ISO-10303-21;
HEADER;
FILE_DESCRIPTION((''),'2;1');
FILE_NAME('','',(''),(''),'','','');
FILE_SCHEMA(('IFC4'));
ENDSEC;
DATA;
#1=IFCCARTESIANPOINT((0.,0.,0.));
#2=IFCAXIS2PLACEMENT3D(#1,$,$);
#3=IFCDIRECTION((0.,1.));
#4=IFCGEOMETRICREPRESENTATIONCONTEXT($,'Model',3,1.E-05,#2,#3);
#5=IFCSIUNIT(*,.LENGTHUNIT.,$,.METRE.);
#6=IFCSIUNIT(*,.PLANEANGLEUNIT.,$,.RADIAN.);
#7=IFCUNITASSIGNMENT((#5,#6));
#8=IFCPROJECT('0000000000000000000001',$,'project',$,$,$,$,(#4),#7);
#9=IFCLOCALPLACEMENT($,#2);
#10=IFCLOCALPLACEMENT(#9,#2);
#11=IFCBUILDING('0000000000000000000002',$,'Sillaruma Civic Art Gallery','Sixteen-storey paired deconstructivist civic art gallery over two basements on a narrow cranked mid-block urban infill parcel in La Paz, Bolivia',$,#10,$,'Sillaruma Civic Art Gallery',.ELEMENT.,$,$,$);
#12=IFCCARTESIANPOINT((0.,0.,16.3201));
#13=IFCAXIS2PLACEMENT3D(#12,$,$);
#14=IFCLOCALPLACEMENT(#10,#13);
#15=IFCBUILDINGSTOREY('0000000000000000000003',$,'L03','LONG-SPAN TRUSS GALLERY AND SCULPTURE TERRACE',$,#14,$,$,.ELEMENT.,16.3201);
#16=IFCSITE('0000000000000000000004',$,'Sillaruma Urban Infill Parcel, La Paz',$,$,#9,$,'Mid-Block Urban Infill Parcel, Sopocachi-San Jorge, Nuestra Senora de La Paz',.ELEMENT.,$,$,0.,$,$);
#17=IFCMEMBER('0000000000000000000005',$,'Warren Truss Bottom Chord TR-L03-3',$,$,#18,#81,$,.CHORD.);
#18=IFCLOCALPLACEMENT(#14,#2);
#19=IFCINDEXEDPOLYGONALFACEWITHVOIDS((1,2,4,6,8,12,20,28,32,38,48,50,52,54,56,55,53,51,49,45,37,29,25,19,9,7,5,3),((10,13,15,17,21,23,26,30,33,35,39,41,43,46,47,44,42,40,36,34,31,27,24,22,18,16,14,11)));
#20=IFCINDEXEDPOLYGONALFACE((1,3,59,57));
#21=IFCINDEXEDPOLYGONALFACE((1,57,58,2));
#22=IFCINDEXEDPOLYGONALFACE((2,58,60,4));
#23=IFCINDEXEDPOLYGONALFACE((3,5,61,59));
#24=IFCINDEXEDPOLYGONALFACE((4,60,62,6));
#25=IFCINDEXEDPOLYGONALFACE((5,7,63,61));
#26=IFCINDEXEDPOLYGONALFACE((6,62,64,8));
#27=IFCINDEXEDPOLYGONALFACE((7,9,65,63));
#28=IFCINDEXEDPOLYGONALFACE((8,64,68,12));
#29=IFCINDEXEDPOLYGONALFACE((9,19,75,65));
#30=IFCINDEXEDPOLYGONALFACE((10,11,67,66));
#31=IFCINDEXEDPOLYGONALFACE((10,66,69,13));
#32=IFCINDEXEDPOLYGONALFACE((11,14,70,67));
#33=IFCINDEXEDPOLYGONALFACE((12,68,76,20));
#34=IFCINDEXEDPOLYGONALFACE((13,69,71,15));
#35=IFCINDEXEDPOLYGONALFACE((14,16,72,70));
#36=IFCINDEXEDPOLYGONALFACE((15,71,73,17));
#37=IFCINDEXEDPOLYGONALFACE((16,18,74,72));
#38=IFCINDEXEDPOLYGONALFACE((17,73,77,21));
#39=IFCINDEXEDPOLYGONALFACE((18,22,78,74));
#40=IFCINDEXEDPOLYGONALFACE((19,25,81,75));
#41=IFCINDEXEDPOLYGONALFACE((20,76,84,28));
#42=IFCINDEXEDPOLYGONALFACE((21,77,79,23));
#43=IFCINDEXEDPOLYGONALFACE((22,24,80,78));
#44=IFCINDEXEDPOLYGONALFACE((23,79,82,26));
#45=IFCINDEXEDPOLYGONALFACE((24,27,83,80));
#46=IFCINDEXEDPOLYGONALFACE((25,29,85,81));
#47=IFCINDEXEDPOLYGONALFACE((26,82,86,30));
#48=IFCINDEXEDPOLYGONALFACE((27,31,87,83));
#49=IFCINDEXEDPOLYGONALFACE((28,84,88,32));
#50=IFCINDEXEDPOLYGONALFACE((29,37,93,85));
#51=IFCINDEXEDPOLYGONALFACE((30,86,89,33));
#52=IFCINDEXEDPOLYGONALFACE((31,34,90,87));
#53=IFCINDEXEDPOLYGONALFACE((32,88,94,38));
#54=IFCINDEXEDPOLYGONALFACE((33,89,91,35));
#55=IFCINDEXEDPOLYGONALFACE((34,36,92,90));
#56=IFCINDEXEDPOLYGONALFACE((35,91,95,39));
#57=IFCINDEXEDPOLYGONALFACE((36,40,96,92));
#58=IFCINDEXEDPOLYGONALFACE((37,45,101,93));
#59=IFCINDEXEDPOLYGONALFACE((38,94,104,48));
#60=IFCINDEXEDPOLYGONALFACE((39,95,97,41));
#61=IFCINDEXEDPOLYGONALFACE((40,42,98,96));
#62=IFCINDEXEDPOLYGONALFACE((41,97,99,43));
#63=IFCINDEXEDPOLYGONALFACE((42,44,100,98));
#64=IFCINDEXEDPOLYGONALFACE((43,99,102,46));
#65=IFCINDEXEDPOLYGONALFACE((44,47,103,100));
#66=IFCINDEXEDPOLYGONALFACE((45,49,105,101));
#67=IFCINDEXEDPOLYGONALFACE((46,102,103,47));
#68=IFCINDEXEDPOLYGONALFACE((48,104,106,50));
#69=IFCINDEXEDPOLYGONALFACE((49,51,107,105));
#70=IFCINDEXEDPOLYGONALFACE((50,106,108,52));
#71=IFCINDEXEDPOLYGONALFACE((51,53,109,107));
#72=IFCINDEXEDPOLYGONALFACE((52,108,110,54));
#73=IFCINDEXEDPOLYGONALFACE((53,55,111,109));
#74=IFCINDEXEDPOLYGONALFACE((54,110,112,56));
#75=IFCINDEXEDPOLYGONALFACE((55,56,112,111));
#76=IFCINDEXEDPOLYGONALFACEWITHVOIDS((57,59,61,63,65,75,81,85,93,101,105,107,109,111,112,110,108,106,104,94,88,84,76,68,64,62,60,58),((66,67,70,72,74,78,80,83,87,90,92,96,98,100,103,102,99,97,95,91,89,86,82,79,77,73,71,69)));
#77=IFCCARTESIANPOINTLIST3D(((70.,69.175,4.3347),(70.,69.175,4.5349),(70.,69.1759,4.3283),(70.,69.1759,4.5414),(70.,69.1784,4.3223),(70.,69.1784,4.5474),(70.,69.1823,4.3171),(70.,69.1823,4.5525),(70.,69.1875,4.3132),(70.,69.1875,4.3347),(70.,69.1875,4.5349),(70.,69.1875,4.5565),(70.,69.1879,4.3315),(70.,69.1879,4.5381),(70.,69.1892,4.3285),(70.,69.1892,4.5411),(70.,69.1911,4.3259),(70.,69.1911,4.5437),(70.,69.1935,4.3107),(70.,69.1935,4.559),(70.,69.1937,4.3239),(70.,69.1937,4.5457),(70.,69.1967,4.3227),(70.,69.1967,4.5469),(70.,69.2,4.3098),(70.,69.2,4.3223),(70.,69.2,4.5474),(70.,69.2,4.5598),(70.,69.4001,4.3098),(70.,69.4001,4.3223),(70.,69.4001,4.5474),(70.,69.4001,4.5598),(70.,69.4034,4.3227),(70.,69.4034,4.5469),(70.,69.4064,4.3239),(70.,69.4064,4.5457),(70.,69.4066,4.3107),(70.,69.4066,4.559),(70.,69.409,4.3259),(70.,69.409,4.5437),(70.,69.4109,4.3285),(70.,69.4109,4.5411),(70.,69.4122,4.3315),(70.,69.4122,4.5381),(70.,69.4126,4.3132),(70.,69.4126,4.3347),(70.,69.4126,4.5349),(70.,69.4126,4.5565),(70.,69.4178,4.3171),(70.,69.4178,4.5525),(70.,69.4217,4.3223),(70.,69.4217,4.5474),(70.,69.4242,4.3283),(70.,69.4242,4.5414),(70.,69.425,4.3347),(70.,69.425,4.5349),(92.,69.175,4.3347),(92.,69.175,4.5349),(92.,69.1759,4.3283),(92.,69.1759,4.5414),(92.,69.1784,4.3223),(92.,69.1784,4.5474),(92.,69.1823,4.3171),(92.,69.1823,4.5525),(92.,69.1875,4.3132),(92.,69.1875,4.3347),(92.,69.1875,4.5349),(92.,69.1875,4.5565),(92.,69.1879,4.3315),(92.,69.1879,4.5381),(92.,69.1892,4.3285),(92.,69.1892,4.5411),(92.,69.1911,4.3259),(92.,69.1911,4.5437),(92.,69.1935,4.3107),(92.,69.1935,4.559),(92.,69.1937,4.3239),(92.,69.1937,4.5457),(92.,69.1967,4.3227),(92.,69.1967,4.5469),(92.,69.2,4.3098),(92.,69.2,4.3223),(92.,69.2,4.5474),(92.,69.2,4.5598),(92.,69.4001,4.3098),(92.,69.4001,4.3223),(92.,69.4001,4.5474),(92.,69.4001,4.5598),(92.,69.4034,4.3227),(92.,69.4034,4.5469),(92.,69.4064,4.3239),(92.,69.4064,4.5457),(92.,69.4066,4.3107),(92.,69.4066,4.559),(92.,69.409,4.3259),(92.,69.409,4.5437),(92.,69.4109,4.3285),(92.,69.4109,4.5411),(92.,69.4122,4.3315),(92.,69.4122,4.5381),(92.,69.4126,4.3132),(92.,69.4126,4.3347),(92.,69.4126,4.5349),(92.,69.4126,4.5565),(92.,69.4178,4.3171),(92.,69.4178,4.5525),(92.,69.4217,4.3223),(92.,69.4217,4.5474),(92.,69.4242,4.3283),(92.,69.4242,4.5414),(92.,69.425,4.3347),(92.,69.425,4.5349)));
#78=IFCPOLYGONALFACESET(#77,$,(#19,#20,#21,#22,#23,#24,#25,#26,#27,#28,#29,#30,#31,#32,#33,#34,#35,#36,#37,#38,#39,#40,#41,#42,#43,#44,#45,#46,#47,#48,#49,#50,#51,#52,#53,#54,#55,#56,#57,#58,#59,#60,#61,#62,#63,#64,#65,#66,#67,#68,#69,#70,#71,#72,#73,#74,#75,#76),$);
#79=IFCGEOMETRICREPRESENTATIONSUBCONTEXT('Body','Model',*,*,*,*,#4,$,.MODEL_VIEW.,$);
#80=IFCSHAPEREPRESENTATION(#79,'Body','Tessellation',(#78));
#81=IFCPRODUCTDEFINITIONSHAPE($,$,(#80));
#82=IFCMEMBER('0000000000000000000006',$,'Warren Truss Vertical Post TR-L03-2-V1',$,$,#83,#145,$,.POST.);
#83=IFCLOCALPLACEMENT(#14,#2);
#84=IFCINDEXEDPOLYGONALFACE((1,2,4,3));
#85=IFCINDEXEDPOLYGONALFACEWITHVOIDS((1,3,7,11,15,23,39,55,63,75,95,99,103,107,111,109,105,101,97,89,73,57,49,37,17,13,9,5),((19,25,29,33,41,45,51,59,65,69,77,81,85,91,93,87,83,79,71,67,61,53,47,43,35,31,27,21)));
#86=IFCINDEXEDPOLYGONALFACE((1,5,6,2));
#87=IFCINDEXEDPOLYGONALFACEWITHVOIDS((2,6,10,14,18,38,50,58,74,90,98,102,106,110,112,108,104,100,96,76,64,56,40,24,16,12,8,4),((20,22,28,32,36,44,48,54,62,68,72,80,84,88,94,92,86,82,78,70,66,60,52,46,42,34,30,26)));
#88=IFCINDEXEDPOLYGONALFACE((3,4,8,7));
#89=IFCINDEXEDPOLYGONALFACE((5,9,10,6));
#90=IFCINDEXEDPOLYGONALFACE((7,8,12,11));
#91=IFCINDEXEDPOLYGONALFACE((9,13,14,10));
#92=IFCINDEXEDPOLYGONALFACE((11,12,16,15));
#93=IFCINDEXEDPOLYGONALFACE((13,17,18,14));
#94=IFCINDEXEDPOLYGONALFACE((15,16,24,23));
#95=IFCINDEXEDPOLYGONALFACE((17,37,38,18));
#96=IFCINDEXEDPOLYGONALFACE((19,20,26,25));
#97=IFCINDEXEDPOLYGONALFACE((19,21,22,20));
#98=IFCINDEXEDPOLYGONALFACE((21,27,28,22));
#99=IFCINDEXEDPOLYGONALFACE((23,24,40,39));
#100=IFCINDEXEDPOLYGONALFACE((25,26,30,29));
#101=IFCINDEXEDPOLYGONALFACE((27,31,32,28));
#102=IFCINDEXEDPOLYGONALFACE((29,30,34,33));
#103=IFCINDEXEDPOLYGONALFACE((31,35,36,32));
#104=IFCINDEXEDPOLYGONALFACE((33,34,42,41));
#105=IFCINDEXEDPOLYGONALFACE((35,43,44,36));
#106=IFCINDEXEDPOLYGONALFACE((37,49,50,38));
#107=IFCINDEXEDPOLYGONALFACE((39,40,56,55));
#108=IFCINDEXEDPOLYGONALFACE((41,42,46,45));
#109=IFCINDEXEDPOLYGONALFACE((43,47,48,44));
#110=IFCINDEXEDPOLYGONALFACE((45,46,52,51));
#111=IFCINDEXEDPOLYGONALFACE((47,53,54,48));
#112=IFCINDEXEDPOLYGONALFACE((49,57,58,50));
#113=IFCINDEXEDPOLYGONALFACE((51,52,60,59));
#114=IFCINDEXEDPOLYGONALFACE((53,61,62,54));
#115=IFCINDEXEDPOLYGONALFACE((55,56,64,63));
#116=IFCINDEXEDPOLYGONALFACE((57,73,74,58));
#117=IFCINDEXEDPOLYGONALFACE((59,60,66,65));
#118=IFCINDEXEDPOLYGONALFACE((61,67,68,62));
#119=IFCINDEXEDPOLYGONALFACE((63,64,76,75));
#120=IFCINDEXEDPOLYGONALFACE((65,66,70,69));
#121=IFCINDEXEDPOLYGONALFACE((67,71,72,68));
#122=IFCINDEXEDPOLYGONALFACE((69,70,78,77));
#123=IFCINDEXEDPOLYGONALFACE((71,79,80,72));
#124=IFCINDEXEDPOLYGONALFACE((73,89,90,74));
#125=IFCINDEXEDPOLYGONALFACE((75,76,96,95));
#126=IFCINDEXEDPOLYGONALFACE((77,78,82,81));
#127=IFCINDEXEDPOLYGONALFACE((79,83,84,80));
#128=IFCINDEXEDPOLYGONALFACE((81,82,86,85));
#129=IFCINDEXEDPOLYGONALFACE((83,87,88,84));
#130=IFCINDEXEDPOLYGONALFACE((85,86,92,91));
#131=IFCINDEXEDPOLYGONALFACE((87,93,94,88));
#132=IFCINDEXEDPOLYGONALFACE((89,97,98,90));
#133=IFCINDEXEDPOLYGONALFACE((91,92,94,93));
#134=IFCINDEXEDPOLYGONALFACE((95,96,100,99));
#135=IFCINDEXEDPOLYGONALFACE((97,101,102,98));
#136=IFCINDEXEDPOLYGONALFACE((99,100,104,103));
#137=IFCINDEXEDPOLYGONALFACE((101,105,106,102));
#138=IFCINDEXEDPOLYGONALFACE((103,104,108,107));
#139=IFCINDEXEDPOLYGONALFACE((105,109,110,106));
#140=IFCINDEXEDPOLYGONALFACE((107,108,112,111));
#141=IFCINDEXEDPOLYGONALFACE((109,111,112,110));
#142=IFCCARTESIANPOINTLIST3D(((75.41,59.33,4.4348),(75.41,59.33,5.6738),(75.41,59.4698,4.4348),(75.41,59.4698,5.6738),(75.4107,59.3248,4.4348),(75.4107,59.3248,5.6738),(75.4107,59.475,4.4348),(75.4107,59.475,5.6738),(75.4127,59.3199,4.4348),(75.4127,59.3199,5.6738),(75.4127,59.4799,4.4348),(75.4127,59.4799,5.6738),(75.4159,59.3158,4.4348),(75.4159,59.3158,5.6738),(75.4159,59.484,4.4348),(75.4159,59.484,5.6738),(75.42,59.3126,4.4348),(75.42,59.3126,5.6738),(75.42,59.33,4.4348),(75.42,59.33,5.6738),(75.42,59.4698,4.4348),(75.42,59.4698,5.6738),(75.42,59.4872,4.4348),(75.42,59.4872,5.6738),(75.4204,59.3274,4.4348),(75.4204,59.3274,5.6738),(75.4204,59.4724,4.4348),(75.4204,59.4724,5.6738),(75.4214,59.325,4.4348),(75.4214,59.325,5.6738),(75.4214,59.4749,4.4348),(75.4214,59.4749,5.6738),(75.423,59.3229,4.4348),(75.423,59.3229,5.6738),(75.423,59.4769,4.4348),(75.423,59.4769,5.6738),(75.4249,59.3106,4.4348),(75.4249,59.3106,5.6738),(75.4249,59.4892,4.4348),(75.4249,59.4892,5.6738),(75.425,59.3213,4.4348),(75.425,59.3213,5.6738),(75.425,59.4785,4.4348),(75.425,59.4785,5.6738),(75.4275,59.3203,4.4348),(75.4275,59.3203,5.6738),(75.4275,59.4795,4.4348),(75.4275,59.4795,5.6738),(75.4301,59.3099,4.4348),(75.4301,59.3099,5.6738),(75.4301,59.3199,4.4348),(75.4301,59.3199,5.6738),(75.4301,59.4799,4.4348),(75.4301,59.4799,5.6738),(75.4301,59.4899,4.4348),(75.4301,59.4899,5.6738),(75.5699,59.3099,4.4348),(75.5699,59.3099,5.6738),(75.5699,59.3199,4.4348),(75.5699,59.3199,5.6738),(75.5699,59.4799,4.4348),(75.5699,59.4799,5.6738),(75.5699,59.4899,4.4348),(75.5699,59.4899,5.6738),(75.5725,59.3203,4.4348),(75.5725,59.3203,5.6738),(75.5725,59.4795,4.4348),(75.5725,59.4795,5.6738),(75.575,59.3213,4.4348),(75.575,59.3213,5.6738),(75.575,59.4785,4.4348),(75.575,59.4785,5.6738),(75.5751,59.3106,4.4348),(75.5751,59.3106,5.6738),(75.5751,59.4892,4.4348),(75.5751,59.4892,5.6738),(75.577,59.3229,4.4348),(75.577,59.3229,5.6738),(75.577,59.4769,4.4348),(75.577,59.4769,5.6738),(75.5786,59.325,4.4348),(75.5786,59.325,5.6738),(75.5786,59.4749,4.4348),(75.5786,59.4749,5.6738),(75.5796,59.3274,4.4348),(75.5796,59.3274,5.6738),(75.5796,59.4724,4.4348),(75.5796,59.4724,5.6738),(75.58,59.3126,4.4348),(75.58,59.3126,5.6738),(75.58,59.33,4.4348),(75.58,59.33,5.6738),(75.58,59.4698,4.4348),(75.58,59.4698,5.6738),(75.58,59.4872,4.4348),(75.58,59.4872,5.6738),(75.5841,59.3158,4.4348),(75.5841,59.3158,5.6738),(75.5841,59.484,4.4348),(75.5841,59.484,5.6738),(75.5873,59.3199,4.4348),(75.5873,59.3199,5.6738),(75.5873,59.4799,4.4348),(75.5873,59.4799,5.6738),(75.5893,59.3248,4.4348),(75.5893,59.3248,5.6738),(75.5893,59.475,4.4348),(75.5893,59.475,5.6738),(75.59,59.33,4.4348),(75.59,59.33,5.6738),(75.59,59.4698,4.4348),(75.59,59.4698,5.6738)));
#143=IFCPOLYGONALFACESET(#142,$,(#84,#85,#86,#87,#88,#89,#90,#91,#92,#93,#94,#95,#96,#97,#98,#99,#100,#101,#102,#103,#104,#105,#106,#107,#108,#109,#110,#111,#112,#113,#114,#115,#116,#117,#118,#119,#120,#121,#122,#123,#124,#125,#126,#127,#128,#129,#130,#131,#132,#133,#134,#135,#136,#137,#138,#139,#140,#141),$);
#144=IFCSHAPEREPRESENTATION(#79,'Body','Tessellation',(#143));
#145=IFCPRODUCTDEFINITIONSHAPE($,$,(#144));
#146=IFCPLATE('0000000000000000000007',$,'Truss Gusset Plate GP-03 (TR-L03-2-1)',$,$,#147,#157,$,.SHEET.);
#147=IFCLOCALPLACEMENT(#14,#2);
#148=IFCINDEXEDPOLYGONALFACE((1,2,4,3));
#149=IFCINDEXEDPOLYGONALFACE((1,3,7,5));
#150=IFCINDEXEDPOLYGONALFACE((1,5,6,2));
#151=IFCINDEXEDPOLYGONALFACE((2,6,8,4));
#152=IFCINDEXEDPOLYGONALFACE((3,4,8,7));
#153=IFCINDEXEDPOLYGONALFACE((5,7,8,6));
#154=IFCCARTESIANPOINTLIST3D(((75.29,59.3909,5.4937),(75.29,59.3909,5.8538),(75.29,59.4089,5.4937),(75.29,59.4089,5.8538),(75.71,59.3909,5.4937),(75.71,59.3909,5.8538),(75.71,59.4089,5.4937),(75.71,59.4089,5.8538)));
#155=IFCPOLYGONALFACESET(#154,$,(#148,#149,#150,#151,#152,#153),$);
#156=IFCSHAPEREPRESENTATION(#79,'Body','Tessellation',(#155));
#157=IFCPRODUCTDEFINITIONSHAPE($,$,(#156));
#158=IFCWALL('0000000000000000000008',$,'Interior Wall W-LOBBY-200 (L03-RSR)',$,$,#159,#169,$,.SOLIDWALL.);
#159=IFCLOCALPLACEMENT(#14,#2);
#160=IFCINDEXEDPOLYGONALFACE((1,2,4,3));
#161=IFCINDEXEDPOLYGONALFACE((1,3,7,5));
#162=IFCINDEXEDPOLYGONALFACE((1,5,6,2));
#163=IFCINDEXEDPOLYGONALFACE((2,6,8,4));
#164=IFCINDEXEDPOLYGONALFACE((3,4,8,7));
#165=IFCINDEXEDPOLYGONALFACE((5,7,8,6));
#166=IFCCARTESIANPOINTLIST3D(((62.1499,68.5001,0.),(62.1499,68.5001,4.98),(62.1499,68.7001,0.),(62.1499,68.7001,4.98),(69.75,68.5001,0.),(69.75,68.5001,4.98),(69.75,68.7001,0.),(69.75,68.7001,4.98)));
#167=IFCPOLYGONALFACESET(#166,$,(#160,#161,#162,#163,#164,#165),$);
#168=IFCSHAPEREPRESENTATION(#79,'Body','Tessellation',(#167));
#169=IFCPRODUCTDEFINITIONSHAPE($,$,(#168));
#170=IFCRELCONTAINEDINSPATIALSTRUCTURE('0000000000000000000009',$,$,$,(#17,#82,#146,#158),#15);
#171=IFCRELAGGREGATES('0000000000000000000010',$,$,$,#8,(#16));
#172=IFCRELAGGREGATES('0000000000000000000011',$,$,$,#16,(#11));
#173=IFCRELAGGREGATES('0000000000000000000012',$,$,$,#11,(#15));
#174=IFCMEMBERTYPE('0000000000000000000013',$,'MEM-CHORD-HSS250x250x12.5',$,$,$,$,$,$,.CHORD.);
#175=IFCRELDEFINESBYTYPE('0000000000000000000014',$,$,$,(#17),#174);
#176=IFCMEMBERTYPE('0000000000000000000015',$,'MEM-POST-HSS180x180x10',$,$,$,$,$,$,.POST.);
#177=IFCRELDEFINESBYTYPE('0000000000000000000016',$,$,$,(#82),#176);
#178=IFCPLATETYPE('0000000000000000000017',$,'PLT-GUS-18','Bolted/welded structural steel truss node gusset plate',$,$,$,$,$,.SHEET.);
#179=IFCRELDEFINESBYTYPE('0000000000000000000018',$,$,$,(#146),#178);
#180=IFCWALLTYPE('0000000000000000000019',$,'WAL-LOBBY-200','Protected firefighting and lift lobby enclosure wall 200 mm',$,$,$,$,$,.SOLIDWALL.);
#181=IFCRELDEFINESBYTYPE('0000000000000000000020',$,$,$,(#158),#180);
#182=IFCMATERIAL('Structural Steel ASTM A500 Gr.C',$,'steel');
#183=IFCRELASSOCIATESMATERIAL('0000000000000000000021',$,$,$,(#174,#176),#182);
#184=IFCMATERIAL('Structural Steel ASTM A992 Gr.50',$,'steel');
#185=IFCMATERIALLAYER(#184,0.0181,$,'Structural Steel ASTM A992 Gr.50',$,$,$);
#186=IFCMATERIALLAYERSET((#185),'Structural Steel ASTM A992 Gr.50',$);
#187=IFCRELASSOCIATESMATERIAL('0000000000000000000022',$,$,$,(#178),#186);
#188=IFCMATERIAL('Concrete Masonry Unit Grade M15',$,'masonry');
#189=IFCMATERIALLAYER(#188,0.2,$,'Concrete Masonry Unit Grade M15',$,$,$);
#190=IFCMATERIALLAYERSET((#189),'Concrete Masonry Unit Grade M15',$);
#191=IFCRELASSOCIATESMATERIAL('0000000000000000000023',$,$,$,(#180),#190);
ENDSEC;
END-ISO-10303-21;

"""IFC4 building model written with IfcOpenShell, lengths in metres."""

from ifc_helpers import new_model, si_unit, direction, frame, frame_2d, origin, origin_2d, place, context, subcontext, project, spatial, rectangle, hollow_rectangle, extrude, material, layer, layer_set, material_profile, profile_set, type_object, element, save


model = new_model("IFC4")

# Units and contexts
model_context = context("Model", 3, precision=1e-05, world=origin(), true_north=direction((0.0, 1.0)))
body_context = subcontext(model_context, "Body", "Model", "MODEL_VIEW")
ifc_project = project(units=[si_unit("LENGTHUNIT", "METRE"), si_unit("PLANEANGLEUNIT", "RADIAN")], contexts=[model_context])

# Site, building, storey
site_placement = place(None, origin())
site = spatial("IfcSite", under=ifc_project, at=site_placement, Name="Sillaruma Urban Infill Parcel, La Paz", LongName="Mid-Block Urban Infill Parcel, Sopocachi-San Jorge, Nuestra Senora de La Paz", CompositionType="ELEMENT", RefElevation=0.0)
building_placement = place(site_placement, origin())
building = spatial("IfcBuilding", under=site, at=building_placement, Name="Sillaruma Civic Art Gallery", Description="Sixteen-storey paired deconstructivist civic art gallery over two basements on a narrow cranked mid-block urban infill parcel in La Paz, Bolivia", LongName="Sillaruma Civic Art Gallery", CompositionType="ELEMENT")
storey_placement = place(building_placement, frame((0.0, 0.0, 16.3201)))
storey = spatial("IfcBuildingStorey", under=building, at=storey_placement, Name="L03", Description="LONG-SPAN TRUSS GALLERY AND SCULPTURE TERRACE", CompositionType="ELEMENT", Elevation=16.3201)

# Shared definitions
ifc_material_1 = material(Name="Structural Steel ASTM A992 Gr.50", Category="steel")

# Members
ifc_material_2 = material(Name="Structural Steel ASTM A500 Gr.C", Category="steel")
ifc_material_profile_1 = material_profile(ifc_material_2, hollow_rectangle(XDim=0.25, YDim=0.25, WallThickness=0.0125, InnerFilletRadius=0.0125, OuterFilletRadius=0.0249, at=origin_2d()), Name="HSS250x250x12.5")
ifc_profile_set_1 = profile_set([ifc_material_profile_1], Name="Structural Steel ASTM A500 Gr.C")
member_type_1 = type_object("IfcMemberType", Name="MEM-CHORD-HSS250x250x12.5", PredefinedType="CHORD", material=ifc_profile_set_1)
for number, where, z_axis, x_axis, name in (
    (1, (70.0, 69.3, 4.4348), (1.0, 0.0, 0.0), (0.0, 1.0, 0.0), "Warren Truss Bottom Chord TR-L03-3"),
):
    element("IfcMember", number, at=place(storey_placement, frame(where, z_axis=z_axis, x_axis=x_axis)), inside=storey, type_object=member_type_1, Name=name, PredefinedType="CHORD", context=body_context, shape_type="SweptSolid", body=[
        extrude(hollow_rectangle(XDim=0.25, YDim=0.25, WallThickness=0.0125, InnerFilletRadius=0.0125, OuterFilletRadius=0.0249, at=origin_2d()), origin(), (0.0, 0.0, 1.0), 22.0),
    ])
ifc_material_profile_2 = material_profile(ifc_material_2, hollow_rectangle(XDim=0.1799, YDim=0.1799, WallThickness=0.01, InnerFilletRadius=0.01, OuterFilletRadius=0.02, at=origin_2d()), Name="HSS180x180x10")
ifc_profile_set_2 = profile_set([ifc_material_profile_2], Name="Structural Steel ASTM A500 Gr.C")
member_type_2 = type_object("IfcMemberType", Name="MEM-POST-HSS180x180x10", PredefinedType="POST", material=ifc_profile_set_2)
member_placement = place(storey_placement, frame((75.5, 59.3999, 4.4348), z_axis=(0.0, 0.0, 1.0), x_axis=(1.0, 0.0, 0.0)))
element("IfcMember", 2, at=member_placement, inside=storey, type_object=member_type_2, Name="Warren Truss Vertical Post TR-L03-2-V1", PredefinedType="POST", context=body_context, shape_type="SweptSolid", body=[
    extrude(hollow_rectangle(XDim=0.1799, YDim=0.1799, WallThickness=0.01, InnerFilletRadius=0.01, OuterFilletRadius=0.02, at=origin_2d()), origin(), (0.0, 0.0, 1.0), 1.239),
])

# Plate
ifc_layer_1 = layer(ifc_material_1, 0.0181, Name="Structural Steel ASTM A992 Gr.50")
ifc_layer_set_1 = layer_set([ifc_layer_1], Name="Structural Steel ASTM A992 Gr.50")
plate_type = type_object("IfcPlateType", Name="PLT-GUS-18", Description="Bolted/welded structural steel truss node gusset plate", PredefinedType="SHEET", material=ifc_layer_set_1)
plate_placement = place(storey_placement, frame((75.5, 59.3999, 5.4937), z_axis=(0.0, 0.0, 1.0), x_axis=(1.0, 0.0, 0.0)))
element("IfcPlate", 3, at=plate_placement, inside=storey, type_object=plate_type, Name="Truss Gusset Plate GP-03 (TR-L03-2-1)", PredefinedType="SHEET", context=body_context, shape_type="SweptSolid", body=[
    extrude(rectangle(XDim=0.4199, YDim=0.0181, at=origin_2d()), origin(), (0.0, 0.0, 1.0), 0.3601),
])

# Wall
ifc_material_3 = material(Name="Concrete Masonry Unit Grade M15", Category="masonry")
ifc_layer_2 = layer(ifc_material_3, 0.2, Name="Concrete Masonry Unit Grade M15")
ifc_layer_set_2 = layer_set([ifc_layer_2], Name="Concrete Masonry Unit Grade M15")
wall_type_1 = type_object("IfcWallType", Name="WAL-LOBBY-200", Description="Protected firefighting and lift lobby enclosure wall 200 mm", PredefinedType="SOLIDWALL", material=ifc_layer_set_2)
wall_1_placement = place(storey_placement, frame((62.1499, 68.6001, 0.0), z_axis=(0.0, 0.0, 1.0), x_axis=(1.0, 0.0, 0.0)))
element("IfcWall", 4, at=wall_1_placement, inside=storey, type_object=wall_type_1, Name="Interior Wall W-LOBBY-200 (L03-RSR)", PredefinedType="SOLIDWALL", context=body_context, shape_type="SweptSolid", body=[
    extrude(rectangle(XDim=7.6001, YDim=0.2, at=frame_2d((3.8, 0.0))), origin(), (0.0, 0.0, 1.0), 4.98),
])

save(model, "model.ifc")
